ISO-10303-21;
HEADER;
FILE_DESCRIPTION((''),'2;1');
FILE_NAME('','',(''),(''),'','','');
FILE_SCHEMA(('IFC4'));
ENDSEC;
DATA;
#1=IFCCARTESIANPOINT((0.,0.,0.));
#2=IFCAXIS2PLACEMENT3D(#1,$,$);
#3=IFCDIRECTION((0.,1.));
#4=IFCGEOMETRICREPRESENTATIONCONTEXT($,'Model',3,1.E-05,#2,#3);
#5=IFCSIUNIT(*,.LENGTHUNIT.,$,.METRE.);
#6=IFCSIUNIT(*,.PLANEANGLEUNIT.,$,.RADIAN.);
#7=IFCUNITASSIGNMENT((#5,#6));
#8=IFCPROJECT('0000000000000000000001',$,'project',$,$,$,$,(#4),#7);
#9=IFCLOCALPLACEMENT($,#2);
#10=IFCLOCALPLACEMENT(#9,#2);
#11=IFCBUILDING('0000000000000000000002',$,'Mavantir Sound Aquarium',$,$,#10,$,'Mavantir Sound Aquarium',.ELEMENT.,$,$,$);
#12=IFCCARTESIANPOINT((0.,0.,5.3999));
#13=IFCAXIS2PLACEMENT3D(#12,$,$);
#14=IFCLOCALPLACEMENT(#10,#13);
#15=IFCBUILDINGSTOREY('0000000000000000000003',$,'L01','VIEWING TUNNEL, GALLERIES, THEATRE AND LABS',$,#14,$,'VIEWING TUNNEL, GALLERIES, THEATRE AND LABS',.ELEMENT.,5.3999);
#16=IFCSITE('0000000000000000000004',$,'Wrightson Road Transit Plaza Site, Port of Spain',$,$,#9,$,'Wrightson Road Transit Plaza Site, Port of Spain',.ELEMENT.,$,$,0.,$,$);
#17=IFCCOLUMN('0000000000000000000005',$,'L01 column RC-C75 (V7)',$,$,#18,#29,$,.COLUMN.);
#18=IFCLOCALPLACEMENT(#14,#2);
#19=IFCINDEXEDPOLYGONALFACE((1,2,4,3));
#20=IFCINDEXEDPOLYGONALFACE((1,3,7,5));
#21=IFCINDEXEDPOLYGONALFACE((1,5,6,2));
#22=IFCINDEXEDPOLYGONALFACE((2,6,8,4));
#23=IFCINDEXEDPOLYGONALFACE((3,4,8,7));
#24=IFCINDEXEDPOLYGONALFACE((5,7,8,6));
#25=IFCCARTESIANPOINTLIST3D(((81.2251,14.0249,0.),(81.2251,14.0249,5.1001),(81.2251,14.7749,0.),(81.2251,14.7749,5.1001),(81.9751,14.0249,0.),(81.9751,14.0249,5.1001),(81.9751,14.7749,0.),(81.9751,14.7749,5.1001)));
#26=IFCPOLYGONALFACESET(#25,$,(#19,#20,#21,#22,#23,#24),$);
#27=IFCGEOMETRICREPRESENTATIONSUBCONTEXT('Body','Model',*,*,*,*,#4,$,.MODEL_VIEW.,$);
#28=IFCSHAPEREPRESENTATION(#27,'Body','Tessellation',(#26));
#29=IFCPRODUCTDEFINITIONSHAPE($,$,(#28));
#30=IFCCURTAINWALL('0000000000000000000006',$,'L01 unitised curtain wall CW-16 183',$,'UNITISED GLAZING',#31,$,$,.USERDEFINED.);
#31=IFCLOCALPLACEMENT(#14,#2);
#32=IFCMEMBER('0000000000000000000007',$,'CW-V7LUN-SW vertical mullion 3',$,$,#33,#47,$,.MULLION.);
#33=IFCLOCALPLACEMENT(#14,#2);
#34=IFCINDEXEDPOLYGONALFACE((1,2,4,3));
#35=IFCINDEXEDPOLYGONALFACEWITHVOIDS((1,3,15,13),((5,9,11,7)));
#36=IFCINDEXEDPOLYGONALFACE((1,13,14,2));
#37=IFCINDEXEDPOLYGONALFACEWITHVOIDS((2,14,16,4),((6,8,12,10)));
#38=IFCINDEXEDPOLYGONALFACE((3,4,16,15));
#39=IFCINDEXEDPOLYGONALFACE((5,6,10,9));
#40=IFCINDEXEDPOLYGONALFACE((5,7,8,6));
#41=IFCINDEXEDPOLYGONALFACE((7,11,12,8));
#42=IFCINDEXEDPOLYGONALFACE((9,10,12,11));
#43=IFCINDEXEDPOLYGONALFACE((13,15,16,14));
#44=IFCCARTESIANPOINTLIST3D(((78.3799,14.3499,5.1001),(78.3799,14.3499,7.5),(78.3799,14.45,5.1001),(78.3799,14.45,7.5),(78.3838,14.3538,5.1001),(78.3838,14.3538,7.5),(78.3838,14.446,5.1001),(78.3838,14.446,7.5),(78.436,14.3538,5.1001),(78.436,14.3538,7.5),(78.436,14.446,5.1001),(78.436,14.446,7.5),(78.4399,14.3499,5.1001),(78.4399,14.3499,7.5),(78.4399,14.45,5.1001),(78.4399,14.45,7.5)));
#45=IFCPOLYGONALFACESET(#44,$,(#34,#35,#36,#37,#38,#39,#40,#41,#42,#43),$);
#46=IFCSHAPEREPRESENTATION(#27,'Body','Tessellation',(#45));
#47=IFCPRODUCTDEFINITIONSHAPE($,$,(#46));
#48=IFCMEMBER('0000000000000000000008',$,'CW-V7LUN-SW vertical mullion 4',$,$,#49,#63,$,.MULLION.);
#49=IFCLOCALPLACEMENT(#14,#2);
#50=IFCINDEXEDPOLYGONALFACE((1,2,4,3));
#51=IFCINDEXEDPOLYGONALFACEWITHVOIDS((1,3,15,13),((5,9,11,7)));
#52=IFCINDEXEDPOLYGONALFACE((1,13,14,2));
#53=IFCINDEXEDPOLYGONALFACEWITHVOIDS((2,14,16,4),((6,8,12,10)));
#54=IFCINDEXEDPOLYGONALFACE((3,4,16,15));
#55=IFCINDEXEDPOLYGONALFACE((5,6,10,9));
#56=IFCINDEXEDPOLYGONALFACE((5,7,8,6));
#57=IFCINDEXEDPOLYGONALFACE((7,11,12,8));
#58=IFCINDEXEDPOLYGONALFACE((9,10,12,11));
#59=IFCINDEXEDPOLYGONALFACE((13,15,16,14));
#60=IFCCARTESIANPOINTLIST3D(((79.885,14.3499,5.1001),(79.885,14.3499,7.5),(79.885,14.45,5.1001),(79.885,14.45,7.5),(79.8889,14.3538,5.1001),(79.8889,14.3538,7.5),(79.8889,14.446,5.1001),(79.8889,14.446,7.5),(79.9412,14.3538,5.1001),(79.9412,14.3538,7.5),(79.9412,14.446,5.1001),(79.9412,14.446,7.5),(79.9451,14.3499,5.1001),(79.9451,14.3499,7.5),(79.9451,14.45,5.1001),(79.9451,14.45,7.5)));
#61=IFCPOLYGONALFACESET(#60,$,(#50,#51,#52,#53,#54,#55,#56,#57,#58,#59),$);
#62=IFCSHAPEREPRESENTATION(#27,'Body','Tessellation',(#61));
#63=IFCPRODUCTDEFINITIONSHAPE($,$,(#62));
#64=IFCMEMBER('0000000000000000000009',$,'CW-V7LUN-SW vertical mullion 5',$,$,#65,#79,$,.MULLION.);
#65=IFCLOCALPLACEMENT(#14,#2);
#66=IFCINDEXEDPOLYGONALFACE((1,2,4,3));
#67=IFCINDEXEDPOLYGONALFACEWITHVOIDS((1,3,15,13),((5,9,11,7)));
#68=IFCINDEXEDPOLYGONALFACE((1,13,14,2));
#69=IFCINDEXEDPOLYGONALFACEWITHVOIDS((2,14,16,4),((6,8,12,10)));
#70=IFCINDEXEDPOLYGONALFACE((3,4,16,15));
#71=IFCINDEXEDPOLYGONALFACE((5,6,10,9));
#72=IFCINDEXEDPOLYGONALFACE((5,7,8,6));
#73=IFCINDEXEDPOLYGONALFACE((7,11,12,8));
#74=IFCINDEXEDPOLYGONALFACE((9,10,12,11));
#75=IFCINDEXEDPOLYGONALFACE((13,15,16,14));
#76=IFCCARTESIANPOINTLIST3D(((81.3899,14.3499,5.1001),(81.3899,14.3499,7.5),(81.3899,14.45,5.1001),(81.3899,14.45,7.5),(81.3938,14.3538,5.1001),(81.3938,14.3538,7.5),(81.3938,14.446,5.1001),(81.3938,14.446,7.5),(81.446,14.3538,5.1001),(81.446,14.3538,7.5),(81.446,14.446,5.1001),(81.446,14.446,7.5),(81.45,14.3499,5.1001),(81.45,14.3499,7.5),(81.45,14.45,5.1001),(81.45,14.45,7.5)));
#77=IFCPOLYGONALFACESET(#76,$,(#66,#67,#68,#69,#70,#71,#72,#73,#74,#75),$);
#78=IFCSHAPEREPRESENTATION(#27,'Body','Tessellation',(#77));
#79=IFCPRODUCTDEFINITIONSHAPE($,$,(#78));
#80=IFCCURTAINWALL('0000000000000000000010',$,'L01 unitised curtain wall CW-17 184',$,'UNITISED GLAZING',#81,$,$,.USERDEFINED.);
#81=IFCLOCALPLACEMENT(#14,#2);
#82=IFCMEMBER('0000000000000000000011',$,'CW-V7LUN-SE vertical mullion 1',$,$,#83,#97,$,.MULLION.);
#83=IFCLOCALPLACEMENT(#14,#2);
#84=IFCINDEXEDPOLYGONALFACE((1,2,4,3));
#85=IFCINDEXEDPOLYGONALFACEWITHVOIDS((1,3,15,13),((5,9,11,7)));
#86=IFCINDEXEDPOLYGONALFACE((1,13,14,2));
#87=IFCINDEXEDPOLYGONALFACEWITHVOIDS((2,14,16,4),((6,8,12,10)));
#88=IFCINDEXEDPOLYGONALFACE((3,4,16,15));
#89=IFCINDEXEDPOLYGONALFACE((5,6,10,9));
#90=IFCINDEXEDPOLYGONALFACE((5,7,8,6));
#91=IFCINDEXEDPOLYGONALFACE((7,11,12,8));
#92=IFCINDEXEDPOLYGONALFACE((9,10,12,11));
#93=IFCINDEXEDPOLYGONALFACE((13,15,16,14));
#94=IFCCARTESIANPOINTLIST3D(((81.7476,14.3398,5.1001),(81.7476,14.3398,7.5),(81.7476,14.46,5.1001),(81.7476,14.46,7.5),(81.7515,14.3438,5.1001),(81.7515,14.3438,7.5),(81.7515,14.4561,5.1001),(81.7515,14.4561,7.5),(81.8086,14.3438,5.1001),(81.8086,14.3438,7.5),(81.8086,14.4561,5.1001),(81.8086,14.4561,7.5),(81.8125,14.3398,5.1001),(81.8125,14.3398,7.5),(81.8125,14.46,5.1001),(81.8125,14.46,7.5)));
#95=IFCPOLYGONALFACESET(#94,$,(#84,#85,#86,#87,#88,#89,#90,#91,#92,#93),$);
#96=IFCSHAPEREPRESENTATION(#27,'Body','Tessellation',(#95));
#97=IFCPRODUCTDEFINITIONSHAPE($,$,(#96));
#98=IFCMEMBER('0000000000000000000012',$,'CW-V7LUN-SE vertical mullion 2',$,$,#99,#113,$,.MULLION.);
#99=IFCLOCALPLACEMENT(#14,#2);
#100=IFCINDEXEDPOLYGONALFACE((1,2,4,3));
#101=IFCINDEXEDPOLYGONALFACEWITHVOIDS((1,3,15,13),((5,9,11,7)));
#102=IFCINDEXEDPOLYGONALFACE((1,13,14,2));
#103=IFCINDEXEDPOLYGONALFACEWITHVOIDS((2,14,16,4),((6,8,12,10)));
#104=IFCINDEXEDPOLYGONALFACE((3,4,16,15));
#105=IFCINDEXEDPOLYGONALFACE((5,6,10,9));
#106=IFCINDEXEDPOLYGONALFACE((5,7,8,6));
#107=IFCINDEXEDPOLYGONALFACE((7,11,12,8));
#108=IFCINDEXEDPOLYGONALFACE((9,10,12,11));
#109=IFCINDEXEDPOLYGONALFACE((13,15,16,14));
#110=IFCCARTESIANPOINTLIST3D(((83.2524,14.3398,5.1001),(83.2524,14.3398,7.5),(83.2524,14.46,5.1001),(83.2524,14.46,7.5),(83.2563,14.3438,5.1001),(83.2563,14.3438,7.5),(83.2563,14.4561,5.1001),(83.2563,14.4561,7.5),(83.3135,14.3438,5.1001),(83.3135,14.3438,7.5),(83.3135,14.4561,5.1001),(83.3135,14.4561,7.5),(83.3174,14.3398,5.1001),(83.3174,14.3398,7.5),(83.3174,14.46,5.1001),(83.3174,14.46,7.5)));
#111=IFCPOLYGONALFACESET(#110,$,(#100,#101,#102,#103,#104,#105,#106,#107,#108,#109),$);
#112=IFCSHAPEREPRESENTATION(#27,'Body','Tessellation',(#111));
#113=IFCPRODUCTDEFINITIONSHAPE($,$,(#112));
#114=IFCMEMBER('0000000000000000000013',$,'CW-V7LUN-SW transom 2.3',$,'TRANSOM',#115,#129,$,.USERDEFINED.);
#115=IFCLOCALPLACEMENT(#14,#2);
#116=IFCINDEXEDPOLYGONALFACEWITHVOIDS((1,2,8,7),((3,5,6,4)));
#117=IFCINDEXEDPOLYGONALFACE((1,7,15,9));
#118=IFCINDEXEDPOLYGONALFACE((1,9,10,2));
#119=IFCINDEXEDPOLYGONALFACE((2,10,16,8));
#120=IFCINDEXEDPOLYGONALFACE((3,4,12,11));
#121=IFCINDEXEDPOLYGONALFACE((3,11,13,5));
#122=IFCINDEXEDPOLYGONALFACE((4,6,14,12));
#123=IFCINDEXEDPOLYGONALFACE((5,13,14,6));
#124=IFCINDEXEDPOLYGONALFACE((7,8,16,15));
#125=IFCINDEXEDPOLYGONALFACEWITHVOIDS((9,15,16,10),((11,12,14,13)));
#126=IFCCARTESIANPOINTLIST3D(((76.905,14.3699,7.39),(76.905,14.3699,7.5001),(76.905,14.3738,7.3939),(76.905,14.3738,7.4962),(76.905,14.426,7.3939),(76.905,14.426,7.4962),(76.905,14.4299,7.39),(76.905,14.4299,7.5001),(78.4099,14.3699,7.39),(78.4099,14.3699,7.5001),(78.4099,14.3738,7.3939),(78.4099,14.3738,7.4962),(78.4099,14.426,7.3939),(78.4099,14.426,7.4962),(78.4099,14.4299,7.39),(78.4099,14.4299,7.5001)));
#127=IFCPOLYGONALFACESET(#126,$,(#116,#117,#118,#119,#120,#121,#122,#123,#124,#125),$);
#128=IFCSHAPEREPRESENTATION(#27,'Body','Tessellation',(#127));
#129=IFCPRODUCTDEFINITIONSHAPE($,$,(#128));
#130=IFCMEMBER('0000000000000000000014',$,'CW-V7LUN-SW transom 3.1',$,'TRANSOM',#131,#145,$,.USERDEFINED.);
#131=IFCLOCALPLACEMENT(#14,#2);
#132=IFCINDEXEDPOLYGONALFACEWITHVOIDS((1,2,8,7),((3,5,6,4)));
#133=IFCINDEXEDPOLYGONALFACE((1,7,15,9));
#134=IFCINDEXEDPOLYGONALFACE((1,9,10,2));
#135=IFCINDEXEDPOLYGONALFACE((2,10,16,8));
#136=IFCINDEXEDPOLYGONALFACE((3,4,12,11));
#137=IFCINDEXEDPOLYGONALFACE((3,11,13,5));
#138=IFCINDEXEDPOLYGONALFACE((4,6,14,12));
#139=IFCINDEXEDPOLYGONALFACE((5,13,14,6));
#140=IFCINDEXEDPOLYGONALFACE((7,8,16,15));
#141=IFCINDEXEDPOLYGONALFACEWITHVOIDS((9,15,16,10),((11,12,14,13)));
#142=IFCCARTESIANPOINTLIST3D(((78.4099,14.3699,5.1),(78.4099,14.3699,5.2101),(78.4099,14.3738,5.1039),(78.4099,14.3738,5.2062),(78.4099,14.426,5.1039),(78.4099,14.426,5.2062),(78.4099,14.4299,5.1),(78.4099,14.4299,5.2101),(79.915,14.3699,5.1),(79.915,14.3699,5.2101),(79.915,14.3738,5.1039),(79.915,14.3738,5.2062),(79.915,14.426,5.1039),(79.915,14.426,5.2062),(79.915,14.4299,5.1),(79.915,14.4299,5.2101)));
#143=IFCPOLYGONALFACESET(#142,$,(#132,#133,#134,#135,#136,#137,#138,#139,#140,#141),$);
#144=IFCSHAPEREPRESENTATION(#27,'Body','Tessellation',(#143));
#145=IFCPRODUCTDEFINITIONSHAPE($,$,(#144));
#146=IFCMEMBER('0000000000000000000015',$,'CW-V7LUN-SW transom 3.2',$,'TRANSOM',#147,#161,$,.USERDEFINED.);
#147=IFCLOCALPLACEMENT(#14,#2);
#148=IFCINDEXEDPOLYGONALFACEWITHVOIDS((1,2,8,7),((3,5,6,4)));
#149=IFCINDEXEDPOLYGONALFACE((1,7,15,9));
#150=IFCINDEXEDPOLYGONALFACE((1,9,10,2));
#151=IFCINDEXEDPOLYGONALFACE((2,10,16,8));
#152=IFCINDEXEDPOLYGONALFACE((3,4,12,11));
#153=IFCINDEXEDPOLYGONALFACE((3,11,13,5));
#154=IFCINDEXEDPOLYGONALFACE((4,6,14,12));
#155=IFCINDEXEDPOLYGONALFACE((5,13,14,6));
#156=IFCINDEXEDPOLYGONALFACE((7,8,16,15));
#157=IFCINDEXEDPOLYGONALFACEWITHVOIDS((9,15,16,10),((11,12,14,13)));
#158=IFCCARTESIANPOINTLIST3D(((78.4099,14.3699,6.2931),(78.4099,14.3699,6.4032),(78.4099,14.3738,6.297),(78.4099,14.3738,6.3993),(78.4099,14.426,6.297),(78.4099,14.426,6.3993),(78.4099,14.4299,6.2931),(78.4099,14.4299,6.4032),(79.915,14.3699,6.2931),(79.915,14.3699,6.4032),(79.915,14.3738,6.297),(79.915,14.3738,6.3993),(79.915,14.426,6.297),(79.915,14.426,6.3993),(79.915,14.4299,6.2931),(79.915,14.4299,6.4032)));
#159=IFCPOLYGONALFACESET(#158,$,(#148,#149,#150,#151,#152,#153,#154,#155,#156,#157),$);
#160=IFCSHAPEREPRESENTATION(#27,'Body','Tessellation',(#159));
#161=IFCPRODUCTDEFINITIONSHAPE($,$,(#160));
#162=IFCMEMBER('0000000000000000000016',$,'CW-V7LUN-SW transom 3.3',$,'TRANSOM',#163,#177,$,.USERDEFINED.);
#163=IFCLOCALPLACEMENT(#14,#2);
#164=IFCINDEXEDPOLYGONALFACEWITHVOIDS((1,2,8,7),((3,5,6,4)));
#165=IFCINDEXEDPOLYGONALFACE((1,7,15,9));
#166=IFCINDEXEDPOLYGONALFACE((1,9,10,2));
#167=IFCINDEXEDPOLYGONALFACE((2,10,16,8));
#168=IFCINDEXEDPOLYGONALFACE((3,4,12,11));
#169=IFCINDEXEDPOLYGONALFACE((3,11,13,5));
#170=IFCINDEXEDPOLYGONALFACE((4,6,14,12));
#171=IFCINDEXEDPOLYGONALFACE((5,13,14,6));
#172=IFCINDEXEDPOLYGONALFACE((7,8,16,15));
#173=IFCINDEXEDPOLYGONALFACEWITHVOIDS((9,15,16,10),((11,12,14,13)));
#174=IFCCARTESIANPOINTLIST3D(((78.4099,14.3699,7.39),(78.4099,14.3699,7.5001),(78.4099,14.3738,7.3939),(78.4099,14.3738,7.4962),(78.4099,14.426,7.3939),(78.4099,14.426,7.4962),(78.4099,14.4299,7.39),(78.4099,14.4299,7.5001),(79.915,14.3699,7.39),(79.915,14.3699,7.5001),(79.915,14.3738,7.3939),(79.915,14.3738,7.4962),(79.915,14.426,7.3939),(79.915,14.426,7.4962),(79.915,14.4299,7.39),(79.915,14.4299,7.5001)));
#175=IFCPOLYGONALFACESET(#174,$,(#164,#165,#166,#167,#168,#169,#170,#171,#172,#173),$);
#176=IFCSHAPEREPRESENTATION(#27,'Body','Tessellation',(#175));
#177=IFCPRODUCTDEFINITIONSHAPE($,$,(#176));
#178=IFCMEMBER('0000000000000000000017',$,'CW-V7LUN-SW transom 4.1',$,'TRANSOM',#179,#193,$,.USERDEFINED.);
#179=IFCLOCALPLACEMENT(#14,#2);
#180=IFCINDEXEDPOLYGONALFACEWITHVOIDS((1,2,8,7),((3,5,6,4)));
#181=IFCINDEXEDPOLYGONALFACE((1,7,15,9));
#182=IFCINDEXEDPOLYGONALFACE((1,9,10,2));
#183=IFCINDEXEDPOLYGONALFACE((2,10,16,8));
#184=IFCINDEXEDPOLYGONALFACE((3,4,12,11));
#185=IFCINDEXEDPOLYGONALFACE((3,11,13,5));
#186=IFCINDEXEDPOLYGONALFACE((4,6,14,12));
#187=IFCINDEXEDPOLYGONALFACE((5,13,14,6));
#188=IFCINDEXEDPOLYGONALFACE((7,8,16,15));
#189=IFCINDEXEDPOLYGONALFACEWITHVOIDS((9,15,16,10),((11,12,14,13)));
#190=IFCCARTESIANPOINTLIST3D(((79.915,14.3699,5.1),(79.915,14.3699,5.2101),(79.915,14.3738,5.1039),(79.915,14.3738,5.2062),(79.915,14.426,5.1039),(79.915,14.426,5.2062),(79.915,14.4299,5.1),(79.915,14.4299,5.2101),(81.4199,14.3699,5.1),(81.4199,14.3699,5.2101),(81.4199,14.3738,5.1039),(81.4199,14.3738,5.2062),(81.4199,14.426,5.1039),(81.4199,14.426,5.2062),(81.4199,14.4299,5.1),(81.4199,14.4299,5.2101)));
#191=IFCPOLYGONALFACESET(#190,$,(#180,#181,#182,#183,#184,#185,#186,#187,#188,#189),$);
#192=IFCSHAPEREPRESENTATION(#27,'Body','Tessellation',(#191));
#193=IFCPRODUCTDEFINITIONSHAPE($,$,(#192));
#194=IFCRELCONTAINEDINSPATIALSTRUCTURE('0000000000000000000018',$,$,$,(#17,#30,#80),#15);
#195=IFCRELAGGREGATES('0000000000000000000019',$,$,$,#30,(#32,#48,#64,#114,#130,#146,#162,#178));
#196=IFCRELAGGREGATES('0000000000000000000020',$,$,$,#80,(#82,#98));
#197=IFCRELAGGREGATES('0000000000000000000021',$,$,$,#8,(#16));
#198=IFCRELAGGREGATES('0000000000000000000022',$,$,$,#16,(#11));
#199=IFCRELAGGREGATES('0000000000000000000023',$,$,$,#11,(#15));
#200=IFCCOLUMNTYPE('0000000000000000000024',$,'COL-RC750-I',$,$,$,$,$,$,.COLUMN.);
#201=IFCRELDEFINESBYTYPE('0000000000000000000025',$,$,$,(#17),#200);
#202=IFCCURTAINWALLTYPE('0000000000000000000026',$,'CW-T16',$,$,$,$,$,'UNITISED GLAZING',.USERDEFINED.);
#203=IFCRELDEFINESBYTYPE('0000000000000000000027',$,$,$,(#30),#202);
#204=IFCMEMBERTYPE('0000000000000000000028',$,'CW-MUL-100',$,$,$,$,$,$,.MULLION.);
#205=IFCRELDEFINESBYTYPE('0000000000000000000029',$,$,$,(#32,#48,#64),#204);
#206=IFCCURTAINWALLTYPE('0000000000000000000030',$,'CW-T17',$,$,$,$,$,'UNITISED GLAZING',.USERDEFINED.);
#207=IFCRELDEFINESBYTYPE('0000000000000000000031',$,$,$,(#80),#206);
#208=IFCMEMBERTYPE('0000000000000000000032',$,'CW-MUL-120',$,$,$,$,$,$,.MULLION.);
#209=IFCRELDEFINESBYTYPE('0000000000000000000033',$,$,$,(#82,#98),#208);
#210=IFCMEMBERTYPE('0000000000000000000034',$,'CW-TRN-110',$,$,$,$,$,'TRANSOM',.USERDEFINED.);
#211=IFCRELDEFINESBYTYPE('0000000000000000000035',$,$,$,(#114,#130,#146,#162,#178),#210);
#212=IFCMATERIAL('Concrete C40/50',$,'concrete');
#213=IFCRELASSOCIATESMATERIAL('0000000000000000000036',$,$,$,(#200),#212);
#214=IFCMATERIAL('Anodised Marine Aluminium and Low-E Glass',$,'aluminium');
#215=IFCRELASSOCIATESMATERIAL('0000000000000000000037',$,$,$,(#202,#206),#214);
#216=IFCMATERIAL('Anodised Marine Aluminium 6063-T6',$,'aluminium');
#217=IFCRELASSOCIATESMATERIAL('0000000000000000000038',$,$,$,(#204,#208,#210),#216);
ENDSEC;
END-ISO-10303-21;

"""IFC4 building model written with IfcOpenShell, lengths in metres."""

from ifc_helpers import new_model, si_unit, direction, frame, origin, origin_2d, place, context, subcontext, project, spatial, rectangle, hollow_rectangle, extrude, material, material_profile, profile_set, type_object, element, aggregate, save


model = new_model("IFC4")

# Units and contexts
model_context = context("Model", 3, precision=1e-05, world=origin(), true_north=direction((0.0, 1.0)))
body_context = subcontext(model_context, "Body", "Model", "MODEL_VIEW")
ifc_project = project(units=[si_unit("LENGTHUNIT", "METRE"), si_unit("PLANEANGLEUNIT", "RADIAN")], contexts=[model_context])

# Site, building, storey
site_placement = place(None, origin())
site = spatial("IfcSite", under=ifc_project, at=site_placement, Name="Wrightson Road Transit Plaza Site, Port of Spain", LongName="Wrightson Road Transit Plaza Site, Port of Spain", CompositionType="ELEMENT", RefElevation=0.0)
building_placement = place(site_placement, origin())
building = spatial("IfcBuilding", under=site, at=building_placement, Name="Mavantir Sound Aquarium", LongName="Mavantir Sound Aquarium", CompositionType="ELEMENT")
storey_placement = place(building_placement, frame((0.0, 0.0, 5.3999)))
storey = spatial("IfcBuildingStorey", under=building, at=storey_placement, Name="L01", Description="VIEWING TUNNEL, GALLERIES, THEATRE AND LABS", LongName="VIEWING TUNNEL, GALLERIES, THEATRE AND LABS", CompositionType="ELEMENT", Elevation=5.3999)

# Column
ifc_material_1 = material(Name="Concrete C40/50", Category="concrete")
ifc_material_profile_1 = material_profile(ifc_material_1, rectangle(XDim=0.75, YDim=0.75, at=origin_2d()), Name="RC 750X750")
ifc_profile_set_1 = profile_set([ifc_material_profile_1], Name="Concrete C40/50")
column_type = type_object("IfcColumnType", Name="COL-RC750-I", PredefinedType="COLUMN", material=ifc_profile_set_1)
column_placement = place(storey_placement, frame((81.6001, 14.3999, 0.0), z_axis=(0.0, 0.0, 1.0), x_axis=(1.0, 0.0, 0.0)))
element("IfcColumn", 1, at=column_placement, inside=storey, type_object=column_type, Name="L01 column RC-C75 (V7)", PredefinedType="COLUMN", context=body_context, shape_type="SweptSolid", body=[
    extrude(rectangle(XDim=0.75, YDim=0.75, at=origin_2d()), origin(), (0.0, 0.0, 1.0), 5.1001),
])

# Curtain walls, members
ifc_material_2 = material(Name="Anodised Marine Aluminium and Low-E Glass", Category="aluminium")
curtain_wall_type_1 = type_object("IfcCurtainWallType", Name="CW-T16", ElementType="UNITISED GLAZING", PredefinedType="USERDEFINED", material=ifc_material_2)
curtain_wall_1_placement = place(storey_placement, origin())
curtain_wall_1 = element("IfcCurtainWall", 2, at=curtain_wall_1_placement, inside=storey, type_object=curtain_wall_type_1, Name="L01 unitised curtain wall CW-16 183", ObjectType="UNITISED GLAZING", PredefinedType="USERDEFINED")
ifc_material_3 = material(Name="Anodised Marine Aluminium 6063-T6", Category="aluminium")
ifc_material_profile_2 = material_profile(ifc_material_3, hollow_rectangle(XDim=0.0601, YDim=0.1001, WallThickness=0.0039, at=origin_2d()), Name="ALU-MULLION-100X60")
ifc_profile_set_2 = profile_set([ifc_material_profile_2], Name="Anodised Marine Aluminium 6063-T6")
member_type_1 = type_object("IfcMemberType", Name="CW-MUL-100", PredefinedType="MULLION", material=ifc_profile_set_2)
member_1_placement = place(storey_placement, frame((78.4099, 14.3999, 5.1001), z_axis=(0.0, 0.0, 1.0), x_axis=(1.0, 0.0, 0.0)))
member_1 = element("IfcMember", 3, at=member_1_placement, type_object=member_type_1, Name="CW-V7LUN-SW vertical mullion 3", PredefinedType="MULLION", context=body_context, shape_type="SweptSolid", body=[
    extrude(hollow_rectangle(XDim=0.0601, YDim=0.1001, WallThickness=0.0039, at=origin_2d()), origin(), (0.0, 0.0, 1.0), 2.3999),
])
member_2_placement = place(storey_placement, frame((79.915, 14.3999, 5.1001), z_axis=(0.0, 0.0, 1.0), x_axis=(1.0, 0.0, 0.0)))
member_2 = element("IfcMember", 4, at=member_2_placement, type_object=member_type_1, Name="CW-V7LUN-SW vertical mullion 4", PredefinedType="MULLION", context=body_context, shape_type="SweptSolid", body=[
    extrude(hollow_rectangle(XDim=0.0601, YDim=0.1001, WallThickness=0.0039, at=origin_2d()), origin(), (0.0, 0.0, 1.0), 2.3999),
])
member_3_placement = place(storey_placement, frame((81.4199, 14.3999, 5.1001), z_axis=(0.0, 0.0, 1.0), x_axis=(1.0, 0.0, 0.0)))
member_3 = element("IfcMember", 5, at=member_3_placement, type_object=member_type_1, Name="CW-V7LUN-SW vertical mullion 5", PredefinedType="MULLION", context=body_context, shape_type="SweptSolid", body=[
    extrude(hollow_rectangle(XDim=0.0601, YDim=0.1001, WallThickness=0.0039, at=origin_2d()), origin(), (0.0, 0.0, 1.0), 2.3999),
])
curtain_wall_type_2 = type_object("IfcCurtainWallType", Name="CW-T17", ElementType="UNITISED GLAZING", PredefinedType="USERDEFINED", material=ifc_material_2)
curtain_wall_2_placement = place(storey_placement, origin())
curtain_wall_2 = element("IfcCurtainWall", 6, at=curtain_wall_2_placement, inside=storey, type_object=curtain_wall_type_2, Name="L01 unitised curtain wall CW-17 184", ObjectType="UNITISED GLAZING", PredefinedType="USERDEFINED")
ifc_material_profile_3 = material_profile(ifc_material_3, hollow_rectangle(XDim=0.0649, YDim=0.1201, WallThickness=0.0039, at=origin_2d()), Name="ALU-MULLION-120X65")
ifc_profile_set_3 = profile_set([ifc_material_profile_3], Name="Anodised Marine Aluminium 6063-T6")
member_type_2 = type_object("IfcMemberType", Name="CW-MUL-120", PredefinedType="MULLION", material=ifc_profile_set_3)
member_4_placement = place(storey_placement, frame((81.78, 14.3999, 5.1001), z_axis=(0.0, 0.0, 1.0), x_axis=(1.0, 0.0, 0.0)))
member_4 = element("IfcMember", 7, at=member_4_placement, type_object=member_type_2, Name="CW-V7LUN-SE vertical mullion 1", PredefinedType="MULLION", context=body_context, shape_type="SweptSolid", body=[
    extrude(hollow_rectangle(XDim=0.0649, YDim=0.1201, WallThickness=0.0039, at=origin_2d()), origin(), (0.0, 0.0, 1.0), 2.3999),
])
member_5_placement = place(storey_placement, frame((83.2849, 14.3999, 5.1001), z_axis=(0.0, 0.0, 1.0), x_axis=(1.0, 0.0, 0.0)))
member_5 = element("IfcMember", 8, at=member_5_placement, type_object=member_type_2, Name="CW-V7LUN-SE vertical mullion 2", PredefinedType="MULLION", context=body_context, shape_type="SweptSolid", body=[
    extrude(hollow_rectangle(XDim=0.0649, YDim=0.1201, WallThickness=0.0039, at=origin_2d()), origin(), (0.0, 0.0, 1.0), 2.3999),
])

# Members
ifc_material_profile_4 = material_profile(ifc_material_3, hollow_rectangle(XDim=0.0601, YDim=0.1101, WallThickness=0.0039, at=origin_2d()), Name="ALU-TRANSOM-110X60")
ifc_profile_set_4 = profile_set([ifc_material_profile_4], Name="Anodised Marine Aluminium 6063-T6")
member_type_3 = type_object("IfcMemberType", Name="CW-TRN-110", ElementType="TRANSOM", PredefinedType="USERDEFINED", material=ifc_profile_set_4)
member_6_placement = place(storey_placement, frame((76.905, 14.3999, 7.4451), z_axis=(1.0, 0.0, 0.0), x_axis=(0.0, 1.0, 0.0)))
member_6 = element("IfcMember", 9, at=member_6_placement, type_object=member_type_3, Name="CW-V7LUN-SW transom 2.3", ObjectType="TRANSOM", PredefinedType="USERDEFINED", context=body_context, shape_type="SweptSolid", body=[
    extrude(hollow_rectangle(XDim=0.0601, YDim=0.1101, WallThickness=0.0039, at=origin_2d()), origin(), (0.0, 0.0, 1.0), 1.5049),
])
member_7_placement = place(storey_placement, frame((78.4099, 14.3999, 5.155), z_axis=(1.0, 0.0, 0.0), x_axis=(0.0, 1.0, 0.0)))
member_7 = element("IfcMember", 10, at=member_7_placement, type_object=member_type_3, Name="CW-V7LUN-SW transom 3.1", ObjectType="TRANSOM", PredefinedType="USERDEFINED", context=body_context, shape_type="SweptSolid", body=[
    extrude(hollow_rectangle(XDim=0.0601, YDim=0.1101, WallThickness=0.0039, at=origin_2d()), origin(), (0.0, 0.0, 1.0), 1.5051),
])
member_8_placement = place(storey_placement, frame((78.4099, 14.3999, 6.3481), z_axis=(1.0, 0.0, 0.0), x_axis=(0.0, 1.0, 0.0)))
member_8 = element("IfcMember", 11, at=member_8_placement, type_object=member_type_3, Name="CW-V7LUN-SW transom 3.2", ObjectType="TRANSOM", PredefinedType="USERDEFINED", context=body_context, shape_type="SweptSolid", body=[
    extrude(hollow_rectangle(XDim=0.0601, YDim=0.1101, WallThickness=0.0039, at=origin_2d()), origin(), (0.0, 0.0, 1.0), 1.5051),
])
member_9_placement = place(storey_placement, frame((78.4099, 14.3999, 7.4451), z_axis=(1.0, 0.0, 0.0), x_axis=(0.0, 1.0, 0.0)))
member_9 = element("IfcMember", 12, at=member_9_placement, type_object=member_type_3, Name="CW-V7LUN-SW transom 3.3", ObjectType="TRANSOM", PredefinedType="USERDEFINED", context=body_context, shape_type="SweptSolid", body=[
    extrude(hollow_rectangle(XDim=0.0601, YDim=0.1101, WallThickness=0.0039, at=origin_2d()), origin(), (0.0, 0.0, 1.0), 1.5051),
])
member_10_placement = place(storey_placement, frame((79.915, 14.3999, 5.155), z_axis=(1.0, 0.0, 0.0), x_axis=(0.0, 1.0, 0.0)))
member_10 = element("IfcMember", 13, at=member_10_placement, type_object=member_type_3, Name="CW-V7LUN-SW transom 4.1", ObjectType="TRANSOM", PredefinedType="USERDEFINED", context=body_context, shape_type="SweptSolid", body=[
    extrude(hollow_rectangle(XDim=0.0601, YDim=0.1101, WallThickness=0.0039, at=origin_2d()), origin(), (0.0, 0.0, 1.0), 1.5049),
])

aggregate(curtain_wall_1, [member_1, member_2, member_3, member_6, member_7, member_8, member_9, member_10])
aggregate(curtain_wall_2, [member_4, member_5])

save(model, "model.ifc")
